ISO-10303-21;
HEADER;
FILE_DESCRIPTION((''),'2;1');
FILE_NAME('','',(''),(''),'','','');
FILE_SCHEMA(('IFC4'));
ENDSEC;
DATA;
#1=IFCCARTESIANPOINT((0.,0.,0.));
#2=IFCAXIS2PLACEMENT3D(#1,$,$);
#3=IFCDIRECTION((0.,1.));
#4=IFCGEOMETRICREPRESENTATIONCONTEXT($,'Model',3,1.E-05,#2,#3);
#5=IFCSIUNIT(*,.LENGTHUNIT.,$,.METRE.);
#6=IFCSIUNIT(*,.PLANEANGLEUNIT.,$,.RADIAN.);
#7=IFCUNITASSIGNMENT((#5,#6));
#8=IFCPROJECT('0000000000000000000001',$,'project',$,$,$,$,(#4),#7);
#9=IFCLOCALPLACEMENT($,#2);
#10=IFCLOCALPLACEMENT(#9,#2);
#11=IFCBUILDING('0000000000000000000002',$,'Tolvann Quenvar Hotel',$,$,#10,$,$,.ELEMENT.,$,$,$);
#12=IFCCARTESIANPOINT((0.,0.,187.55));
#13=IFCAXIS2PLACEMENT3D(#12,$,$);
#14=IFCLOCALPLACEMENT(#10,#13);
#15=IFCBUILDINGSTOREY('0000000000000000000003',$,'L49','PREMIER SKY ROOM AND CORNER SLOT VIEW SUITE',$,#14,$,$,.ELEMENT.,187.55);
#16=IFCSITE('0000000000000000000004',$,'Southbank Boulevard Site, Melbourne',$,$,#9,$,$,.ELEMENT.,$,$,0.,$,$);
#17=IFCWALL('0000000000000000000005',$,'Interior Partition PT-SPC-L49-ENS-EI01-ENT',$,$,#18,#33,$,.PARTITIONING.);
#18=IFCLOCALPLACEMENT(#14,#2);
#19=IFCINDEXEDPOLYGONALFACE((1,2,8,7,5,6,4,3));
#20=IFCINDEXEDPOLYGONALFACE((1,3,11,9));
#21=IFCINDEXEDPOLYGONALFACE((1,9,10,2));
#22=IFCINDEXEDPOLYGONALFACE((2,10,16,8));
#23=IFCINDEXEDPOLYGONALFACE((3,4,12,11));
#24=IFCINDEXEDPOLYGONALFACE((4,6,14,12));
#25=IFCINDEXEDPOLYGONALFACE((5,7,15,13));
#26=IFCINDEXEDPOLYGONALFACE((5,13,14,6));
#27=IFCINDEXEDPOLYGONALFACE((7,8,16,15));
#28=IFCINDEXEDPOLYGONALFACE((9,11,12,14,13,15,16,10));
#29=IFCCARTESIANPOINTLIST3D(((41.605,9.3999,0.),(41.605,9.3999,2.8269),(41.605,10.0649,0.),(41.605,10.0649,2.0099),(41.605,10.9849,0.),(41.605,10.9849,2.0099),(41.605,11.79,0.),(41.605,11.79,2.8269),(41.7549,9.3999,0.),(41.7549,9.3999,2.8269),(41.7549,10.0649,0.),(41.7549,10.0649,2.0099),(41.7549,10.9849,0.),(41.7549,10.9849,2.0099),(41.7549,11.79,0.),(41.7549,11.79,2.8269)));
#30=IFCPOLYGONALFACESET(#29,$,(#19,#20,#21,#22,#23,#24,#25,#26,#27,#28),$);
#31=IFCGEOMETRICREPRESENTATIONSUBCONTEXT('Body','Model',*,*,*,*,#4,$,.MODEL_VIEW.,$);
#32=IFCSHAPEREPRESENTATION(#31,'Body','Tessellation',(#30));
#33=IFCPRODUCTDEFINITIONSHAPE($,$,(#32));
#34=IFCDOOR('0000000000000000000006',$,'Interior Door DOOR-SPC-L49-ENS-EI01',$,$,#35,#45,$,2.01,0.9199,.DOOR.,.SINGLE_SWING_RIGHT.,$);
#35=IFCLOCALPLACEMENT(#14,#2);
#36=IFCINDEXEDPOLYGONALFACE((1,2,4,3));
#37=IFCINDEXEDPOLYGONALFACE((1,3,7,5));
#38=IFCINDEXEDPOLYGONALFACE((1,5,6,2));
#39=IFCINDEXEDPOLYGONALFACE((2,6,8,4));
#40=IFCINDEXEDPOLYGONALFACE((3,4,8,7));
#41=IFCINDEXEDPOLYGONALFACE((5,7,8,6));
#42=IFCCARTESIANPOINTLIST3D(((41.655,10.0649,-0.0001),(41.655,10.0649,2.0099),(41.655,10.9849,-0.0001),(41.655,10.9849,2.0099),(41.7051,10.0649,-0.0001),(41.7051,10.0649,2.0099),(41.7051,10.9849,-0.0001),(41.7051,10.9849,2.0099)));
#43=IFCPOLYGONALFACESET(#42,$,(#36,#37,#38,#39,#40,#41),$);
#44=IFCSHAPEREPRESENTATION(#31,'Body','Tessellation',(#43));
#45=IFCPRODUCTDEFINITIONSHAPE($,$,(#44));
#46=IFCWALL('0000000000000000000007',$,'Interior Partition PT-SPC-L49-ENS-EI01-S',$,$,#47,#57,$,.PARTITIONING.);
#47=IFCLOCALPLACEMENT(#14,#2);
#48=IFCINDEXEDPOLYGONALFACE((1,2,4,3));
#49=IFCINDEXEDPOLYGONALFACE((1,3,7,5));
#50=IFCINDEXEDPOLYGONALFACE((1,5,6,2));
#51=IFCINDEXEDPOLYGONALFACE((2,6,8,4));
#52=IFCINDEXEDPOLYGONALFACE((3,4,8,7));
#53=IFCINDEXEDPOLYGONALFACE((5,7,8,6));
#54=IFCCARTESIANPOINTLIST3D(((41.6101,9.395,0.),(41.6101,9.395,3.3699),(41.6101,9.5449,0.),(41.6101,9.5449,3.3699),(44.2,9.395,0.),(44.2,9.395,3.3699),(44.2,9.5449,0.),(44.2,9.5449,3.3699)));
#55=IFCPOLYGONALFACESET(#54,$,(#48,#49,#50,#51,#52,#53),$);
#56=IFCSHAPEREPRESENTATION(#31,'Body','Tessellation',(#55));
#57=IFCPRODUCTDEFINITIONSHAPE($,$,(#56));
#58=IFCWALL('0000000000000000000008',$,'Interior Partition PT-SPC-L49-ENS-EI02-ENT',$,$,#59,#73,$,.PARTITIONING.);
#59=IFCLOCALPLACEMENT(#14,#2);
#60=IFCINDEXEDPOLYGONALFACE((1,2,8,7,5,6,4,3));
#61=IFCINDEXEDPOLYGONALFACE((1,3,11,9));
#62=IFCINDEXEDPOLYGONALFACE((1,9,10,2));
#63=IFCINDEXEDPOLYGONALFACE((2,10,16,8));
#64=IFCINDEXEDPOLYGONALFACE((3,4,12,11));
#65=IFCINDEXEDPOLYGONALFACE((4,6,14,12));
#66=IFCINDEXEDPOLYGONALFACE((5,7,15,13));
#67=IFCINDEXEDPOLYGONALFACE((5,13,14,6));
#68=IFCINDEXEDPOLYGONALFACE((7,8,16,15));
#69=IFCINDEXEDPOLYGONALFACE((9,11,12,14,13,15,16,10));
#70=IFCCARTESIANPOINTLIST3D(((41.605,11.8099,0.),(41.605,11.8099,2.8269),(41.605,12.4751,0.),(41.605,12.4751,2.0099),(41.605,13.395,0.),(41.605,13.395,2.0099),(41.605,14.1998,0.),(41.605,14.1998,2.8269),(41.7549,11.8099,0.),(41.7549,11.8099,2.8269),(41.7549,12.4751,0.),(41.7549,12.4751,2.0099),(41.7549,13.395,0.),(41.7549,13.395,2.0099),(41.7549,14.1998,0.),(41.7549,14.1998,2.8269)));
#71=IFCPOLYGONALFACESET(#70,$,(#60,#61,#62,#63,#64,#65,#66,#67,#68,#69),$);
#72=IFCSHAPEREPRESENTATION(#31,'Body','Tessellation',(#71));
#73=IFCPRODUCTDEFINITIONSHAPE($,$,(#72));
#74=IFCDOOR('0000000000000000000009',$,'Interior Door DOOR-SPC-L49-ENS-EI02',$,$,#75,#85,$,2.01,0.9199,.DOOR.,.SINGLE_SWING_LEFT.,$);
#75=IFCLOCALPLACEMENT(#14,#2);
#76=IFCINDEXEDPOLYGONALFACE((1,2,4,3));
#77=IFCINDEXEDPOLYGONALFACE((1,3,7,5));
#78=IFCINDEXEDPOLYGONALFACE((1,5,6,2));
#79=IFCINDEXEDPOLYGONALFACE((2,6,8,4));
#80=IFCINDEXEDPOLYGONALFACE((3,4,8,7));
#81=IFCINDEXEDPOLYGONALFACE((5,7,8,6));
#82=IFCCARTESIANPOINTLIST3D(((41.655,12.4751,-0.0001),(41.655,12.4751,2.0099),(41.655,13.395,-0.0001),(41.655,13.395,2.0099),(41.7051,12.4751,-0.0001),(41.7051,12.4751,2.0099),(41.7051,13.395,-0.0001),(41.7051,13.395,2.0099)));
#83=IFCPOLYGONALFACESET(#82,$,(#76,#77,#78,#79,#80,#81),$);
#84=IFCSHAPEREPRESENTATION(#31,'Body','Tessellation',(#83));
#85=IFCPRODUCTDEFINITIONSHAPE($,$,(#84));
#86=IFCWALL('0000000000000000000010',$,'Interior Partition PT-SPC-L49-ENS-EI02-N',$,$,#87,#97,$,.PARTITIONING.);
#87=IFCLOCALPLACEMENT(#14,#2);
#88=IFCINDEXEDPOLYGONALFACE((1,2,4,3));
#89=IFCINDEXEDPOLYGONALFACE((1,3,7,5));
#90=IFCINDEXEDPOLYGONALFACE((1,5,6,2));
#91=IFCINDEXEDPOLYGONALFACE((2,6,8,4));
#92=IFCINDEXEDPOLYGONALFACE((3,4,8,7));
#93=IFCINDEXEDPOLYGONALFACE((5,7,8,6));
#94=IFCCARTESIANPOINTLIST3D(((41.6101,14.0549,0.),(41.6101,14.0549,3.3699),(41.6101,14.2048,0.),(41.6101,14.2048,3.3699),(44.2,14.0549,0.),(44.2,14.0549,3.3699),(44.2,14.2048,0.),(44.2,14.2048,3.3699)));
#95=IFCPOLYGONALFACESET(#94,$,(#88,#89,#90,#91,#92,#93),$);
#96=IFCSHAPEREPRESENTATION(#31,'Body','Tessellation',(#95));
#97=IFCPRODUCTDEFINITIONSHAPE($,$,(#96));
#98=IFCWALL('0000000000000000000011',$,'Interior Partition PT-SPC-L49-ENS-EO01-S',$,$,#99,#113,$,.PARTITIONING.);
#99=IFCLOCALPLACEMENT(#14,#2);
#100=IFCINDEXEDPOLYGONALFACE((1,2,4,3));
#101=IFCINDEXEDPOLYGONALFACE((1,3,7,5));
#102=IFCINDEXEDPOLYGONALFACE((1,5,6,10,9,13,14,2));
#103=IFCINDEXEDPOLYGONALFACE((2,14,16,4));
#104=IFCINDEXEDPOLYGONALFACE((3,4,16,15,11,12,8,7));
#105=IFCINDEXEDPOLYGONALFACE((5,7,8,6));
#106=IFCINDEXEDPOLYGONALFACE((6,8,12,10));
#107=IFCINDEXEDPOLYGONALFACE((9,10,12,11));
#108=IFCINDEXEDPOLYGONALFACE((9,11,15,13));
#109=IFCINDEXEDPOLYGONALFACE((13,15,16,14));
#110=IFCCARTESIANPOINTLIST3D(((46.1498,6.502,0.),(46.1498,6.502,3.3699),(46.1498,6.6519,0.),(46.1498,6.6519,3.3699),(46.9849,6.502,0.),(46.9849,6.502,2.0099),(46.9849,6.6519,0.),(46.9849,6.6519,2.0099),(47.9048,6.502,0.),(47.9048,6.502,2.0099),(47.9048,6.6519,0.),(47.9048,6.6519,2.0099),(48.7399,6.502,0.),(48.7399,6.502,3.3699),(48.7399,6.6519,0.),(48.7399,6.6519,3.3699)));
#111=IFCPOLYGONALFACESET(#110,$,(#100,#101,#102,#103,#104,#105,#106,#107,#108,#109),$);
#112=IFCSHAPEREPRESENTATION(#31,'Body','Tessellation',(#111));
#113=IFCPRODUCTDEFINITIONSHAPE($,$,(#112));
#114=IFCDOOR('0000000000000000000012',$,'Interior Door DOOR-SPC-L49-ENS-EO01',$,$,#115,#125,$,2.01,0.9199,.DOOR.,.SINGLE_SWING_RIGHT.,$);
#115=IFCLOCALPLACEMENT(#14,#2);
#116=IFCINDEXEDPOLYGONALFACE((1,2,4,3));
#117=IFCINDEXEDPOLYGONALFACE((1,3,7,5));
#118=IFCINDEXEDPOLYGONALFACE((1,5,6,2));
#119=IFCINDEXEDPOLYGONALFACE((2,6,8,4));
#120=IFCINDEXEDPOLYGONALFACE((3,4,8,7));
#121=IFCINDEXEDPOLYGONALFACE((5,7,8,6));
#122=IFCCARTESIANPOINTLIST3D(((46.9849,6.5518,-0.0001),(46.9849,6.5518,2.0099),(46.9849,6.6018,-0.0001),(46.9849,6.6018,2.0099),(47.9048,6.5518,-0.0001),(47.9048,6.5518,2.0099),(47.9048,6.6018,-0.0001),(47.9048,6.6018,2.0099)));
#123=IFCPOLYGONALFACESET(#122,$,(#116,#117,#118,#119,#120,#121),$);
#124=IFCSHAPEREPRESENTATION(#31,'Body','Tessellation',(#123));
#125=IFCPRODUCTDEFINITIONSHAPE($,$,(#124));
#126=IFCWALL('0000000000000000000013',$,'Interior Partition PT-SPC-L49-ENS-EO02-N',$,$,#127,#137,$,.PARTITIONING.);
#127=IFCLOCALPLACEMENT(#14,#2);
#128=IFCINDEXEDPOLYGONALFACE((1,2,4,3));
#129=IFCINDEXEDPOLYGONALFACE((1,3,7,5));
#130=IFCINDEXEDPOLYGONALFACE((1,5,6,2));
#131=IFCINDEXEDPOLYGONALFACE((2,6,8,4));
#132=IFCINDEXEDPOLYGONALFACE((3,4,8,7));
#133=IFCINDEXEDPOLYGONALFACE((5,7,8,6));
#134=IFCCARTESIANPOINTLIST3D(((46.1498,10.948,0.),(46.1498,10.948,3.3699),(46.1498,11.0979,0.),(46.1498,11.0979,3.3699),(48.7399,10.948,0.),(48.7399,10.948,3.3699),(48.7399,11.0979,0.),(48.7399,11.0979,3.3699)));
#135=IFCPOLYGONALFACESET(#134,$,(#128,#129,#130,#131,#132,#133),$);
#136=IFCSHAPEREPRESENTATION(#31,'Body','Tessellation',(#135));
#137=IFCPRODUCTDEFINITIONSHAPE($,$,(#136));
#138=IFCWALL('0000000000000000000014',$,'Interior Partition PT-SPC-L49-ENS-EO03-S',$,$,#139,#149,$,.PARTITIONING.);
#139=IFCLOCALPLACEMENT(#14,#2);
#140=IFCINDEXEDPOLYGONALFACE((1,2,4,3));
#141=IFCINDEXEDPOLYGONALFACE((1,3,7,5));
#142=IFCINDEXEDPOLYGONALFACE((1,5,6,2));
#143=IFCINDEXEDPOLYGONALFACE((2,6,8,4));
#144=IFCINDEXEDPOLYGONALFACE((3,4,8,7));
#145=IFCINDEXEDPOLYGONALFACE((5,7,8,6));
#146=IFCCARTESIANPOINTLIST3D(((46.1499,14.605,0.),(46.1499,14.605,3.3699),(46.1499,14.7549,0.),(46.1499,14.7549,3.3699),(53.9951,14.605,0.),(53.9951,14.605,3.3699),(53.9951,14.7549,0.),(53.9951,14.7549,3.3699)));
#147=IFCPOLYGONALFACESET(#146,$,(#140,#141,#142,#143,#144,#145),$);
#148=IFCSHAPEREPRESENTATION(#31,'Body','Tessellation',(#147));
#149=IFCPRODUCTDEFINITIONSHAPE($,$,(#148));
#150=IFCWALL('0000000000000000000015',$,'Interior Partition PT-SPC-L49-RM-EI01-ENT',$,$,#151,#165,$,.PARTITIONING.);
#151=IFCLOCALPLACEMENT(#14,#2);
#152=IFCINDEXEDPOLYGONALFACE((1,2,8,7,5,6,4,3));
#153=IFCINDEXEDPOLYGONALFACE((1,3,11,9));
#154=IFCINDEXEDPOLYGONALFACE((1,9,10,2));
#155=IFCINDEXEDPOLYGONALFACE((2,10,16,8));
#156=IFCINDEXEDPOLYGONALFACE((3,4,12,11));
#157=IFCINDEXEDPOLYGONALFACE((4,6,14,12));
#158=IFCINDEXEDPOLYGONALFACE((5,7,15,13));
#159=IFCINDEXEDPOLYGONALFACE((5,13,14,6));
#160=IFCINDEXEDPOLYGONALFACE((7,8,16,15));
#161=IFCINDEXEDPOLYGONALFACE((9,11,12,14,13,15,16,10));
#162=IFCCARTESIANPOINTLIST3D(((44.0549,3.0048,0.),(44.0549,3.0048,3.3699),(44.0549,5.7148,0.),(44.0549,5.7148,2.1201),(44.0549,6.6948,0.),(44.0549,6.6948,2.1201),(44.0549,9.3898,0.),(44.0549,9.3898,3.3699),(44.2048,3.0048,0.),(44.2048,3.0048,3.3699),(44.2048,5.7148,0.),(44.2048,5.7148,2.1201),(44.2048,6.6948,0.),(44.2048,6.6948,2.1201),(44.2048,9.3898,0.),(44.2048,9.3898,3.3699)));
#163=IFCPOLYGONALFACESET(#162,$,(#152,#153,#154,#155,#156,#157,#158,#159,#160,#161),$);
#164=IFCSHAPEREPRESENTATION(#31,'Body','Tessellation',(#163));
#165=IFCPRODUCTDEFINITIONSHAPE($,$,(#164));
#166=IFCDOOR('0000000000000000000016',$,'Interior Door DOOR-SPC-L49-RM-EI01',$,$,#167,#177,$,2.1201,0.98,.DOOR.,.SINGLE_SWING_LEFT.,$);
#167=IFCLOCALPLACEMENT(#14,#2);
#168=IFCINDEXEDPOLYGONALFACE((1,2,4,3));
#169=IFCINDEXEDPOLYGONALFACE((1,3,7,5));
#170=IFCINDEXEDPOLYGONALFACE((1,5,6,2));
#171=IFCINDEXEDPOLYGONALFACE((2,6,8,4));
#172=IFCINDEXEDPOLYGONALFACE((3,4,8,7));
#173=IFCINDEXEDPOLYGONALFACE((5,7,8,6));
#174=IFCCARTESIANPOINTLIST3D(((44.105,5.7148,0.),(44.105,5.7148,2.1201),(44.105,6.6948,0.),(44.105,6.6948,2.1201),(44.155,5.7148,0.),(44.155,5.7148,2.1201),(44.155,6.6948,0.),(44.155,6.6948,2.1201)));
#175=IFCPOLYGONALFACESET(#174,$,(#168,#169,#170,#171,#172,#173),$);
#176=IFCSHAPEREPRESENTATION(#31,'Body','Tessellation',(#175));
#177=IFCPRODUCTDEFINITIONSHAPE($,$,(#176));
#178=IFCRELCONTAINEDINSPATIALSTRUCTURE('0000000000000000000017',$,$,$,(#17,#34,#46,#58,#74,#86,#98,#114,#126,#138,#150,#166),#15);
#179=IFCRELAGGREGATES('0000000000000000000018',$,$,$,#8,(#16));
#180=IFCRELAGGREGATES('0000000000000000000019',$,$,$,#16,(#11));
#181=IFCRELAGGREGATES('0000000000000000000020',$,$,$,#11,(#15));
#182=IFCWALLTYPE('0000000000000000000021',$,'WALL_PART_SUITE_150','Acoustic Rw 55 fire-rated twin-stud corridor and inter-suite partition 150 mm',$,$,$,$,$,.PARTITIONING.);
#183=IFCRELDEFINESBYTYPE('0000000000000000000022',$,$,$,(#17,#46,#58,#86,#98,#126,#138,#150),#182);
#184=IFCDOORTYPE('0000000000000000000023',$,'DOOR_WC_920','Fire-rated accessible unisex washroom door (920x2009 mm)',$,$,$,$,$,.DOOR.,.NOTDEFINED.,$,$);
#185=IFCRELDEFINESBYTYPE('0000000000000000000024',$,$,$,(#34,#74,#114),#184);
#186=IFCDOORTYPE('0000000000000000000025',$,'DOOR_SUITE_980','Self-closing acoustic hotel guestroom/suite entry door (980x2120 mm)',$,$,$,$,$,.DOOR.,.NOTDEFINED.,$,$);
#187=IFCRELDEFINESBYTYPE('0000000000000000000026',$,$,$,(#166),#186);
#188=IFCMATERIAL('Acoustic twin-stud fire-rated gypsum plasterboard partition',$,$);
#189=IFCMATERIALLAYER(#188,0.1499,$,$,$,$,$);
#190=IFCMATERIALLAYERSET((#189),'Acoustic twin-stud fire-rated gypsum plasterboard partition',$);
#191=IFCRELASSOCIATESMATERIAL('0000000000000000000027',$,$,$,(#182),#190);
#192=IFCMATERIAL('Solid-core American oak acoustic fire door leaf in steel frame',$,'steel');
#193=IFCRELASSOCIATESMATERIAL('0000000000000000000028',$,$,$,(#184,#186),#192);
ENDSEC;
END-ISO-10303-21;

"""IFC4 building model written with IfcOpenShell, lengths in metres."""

from ifc_helpers import new_model, si_unit, direction, frame, frame_2d, origin, place, context, subcontext, project, spatial, rectangle, extrude, source, transform, mapped, material, layer, layer_set, type_object, type_shapes, element, fill, save


model = new_model("IFC4")

# Units and contexts
model_context = context("Model", 3, precision=1e-05, world=origin(), true_north=direction((0.0, 1.0)))
body_context = subcontext(model_context, "Body", "Model", "MODEL_VIEW")
ifc_project = project(units=[si_unit("LENGTHUNIT", "METRE"), si_unit("PLANEANGLEUNIT", "RADIAN")], contexts=[model_context])

# Site, building, storey
site_placement = place(None, origin())
site = spatial("IfcSite", under=ifc_project, at=site_placement, Name="Southbank Boulevard Site, Melbourne", CompositionType="ELEMENT", RefElevation=0.0)
building_placement = place(site_placement, origin())
building = spatial("IfcBuilding", under=site, at=building_placement, Name="Tolvann Quenvar Hotel", CompositionType="ELEMENT")
storey_placement = place(building_placement, frame((0.0, 0.0, 187.55)))
storey = spatial("IfcBuildingStorey", under=building, at=storey_placement, Name="L49", Description="PREMIER SKY ROOM AND CORNER SLOT VIEW SUITE", CompositionType="ELEMENT", Elevation=187.55)

# Wall, opening, door
ifc_material_1 = material(Name="Acoustic twin-stud fire-rated gypsum plasterboard partition")
ifc_layer_1 = layer(ifc_material_1, 0.1499)
ifc_layer_set_1 = layer_set([ifc_layer_1], Name="Acoustic twin-stud fire-rated gypsum plasterboard partition")
wall_type_1 = type_object("IfcWallType", Name="WALL_PART_SUITE_150", Description="Acoustic Rw 55 fire-rated twin-stud corridor and inter-suite partition 150 mm", PredefinedType="PARTITIONING", material=ifc_layer_set_1)
wall_1_placement = place(storey_placement, frame((41.6799, 9.3999, 0.0), z_axis=(0.0, 0.0, 1.0), x_axis=(0.0, 1.0, 0.0)))
wall_1 = element("IfcWall", 1, at=wall_1_placement, inside=storey, type_object=wall_type_1, Name="Interior Partition PT-SPC-L49-ENS-EI01-ENT", PredefinedType="PARTITIONING", context=body_context, shape_type="SweptSolid", body=[
    extrude(rectangle(XDim=2.3901, YDim=0.1499, at=frame_2d((1.1951, 0.0))), origin(), (0.0, 0.0, 1.0), 2.8269),
])
opening_1_placement = place(wall_1_placement, frame((0.665, 0.0, 0.0)))
opening_1 = element("IfcOpeningElement", 2, at=opening_1_placement, cuts=wall_1, PredefinedType="OPENING", context=body_context, shape_type="SweptSolid", body=[
    extrude(rectangle(XDim=0.9199, YDim=2.01, at=frame_2d((0.46, 1.0049))), frame((0.0, 0.085, 0.0), z_axis=(0.0, -1.0, 0.0), x_axis=(1.0, 0.0, 0.0)), (0.0, 0.0, 1.0), 0.1699),
])
ifc_material_2 = material(Name="Solid-core American oak acoustic fire door leaf in steel frame", Category="steel")
door_type_1 = type_object("IfcDoorType", Name="DOOR_WC_920", Description="Fire-rated accessible unisex washroom door (920x2009 mm)", OperationType="NOTDEFINED", PredefinedType="DOOR", material=ifc_material_2)
shared_shape_1 = source(origin(), body_context, "Body", "SweptSolid", [
    extrude(rectangle(XDim=0.9199, YDim=2.01, at=frame_2d((0.46, 1.0049))), frame((0.0, 0.0249, 0.0), z_axis=(0.0, -1.0, 0.0), x_axis=(1.0, 0.0, 0.0)), (0.0, 0.0, 1.0), 0.05),
])
type_shapes(door_type_1, [shared_shape_1])
door_1_placement = place(opening_1_placement, origin())
door_1 = element("IfcDoor", 3, at=door_1_placement, inside=storey, type_object=door_type_1, Name="Interior Door DOOR-SPC-L49-ENS-EI01", OperationType="SINGLE_SWING_RIGHT", OverallHeight=2.01, OverallWidth=0.9199, PredefinedType="DOOR", context=body_context, shape_type="MappedRepresentation", body=[
    mapped(shared_shape_1, transform((0.0, 0.0, 0.0), x_axis=(1.0, 0.0, 0.0), y_axis=(0.0, 1.0, 0.0), z_axis=(0.0, 0.0, 1.0), scale=1.0)),
])
fill(opening_1, door_1)

# Wall
wall_2_placement = place(storey_placement, frame((41.6101, 9.47, 0.0), z_axis=(0.0, 0.0, 1.0), x_axis=(1.0, 0.0, 0.0)))
element("IfcWall", 4, at=wall_2_placement, inside=storey, type_object=wall_type_1, Name="Interior Partition PT-SPC-L49-ENS-EI01-S", PredefinedType="PARTITIONING", context=body_context, shape_type="SweptSolid", body=[
    extrude(rectangle(XDim=2.5898, YDim=0.1499, at=frame_2d((1.2949, 0.0))), origin(), (0.0, 0.0, 1.0), 3.3699),
])

# Wall, opening, door
wall_3_placement = place(storey_placement, frame((41.6799, 11.8101, 0.0), z_axis=(0.0, 0.0, 1.0), x_axis=(0.0, 1.0, 0.0)))
wall_3 = element("IfcWall", 5, at=wall_3_placement, inside=storey, type_object=wall_type_1, Name="Interior Partition PT-SPC-L49-ENS-EI02-ENT", PredefinedType="PARTITIONING", context=body_context, shape_type="SweptSolid", body=[
    extrude(rectangle(XDim=2.3899, YDim=0.1499, at=frame_2d((1.1948, 0.0))), origin(), (0.0, 0.0, 1.0), 2.8269),
])
opening_2_placement = place(wall_3_placement, frame((0.665, 0.0, 0.0)))
opening_2 = element("IfcOpeningElement", 6, at=opening_2_placement, cuts=wall_3, PredefinedType="OPENING", context=body_context, shape_type="SweptSolid", body=[
    extrude(rectangle(XDim=0.9199, YDim=2.01, at=frame_2d((0.46, 1.0049))), frame((0.0, 0.085, 0.0), z_axis=(0.0, -1.0, 0.0), x_axis=(1.0, 0.0, 0.0)), (0.0, 0.0, 1.0), 0.1699),
])
door_2_placement = place(opening_2_placement, origin())
door_2 = element("IfcDoor", 7, at=door_2_placement, inside=storey, type_object=door_type_1, Name="Interior Door DOOR-SPC-L49-ENS-EI02", OperationType="SINGLE_SWING_LEFT", OverallHeight=2.01, OverallWidth=0.9199, PredefinedType="DOOR", context=body_context, shape_type="MappedRepresentation", body=[
    mapped(shared_shape_1, transform((0.0, 0.0, 0.0), x_axis=(1.0, 0.0, 0.0), y_axis=(0.0, 1.0, 0.0), z_axis=(0.0, 0.0, 1.0), scale=1.0)),
])
fill(opening_2, door_2)

# Wall
wall_4_placement = place(storey_placement, frame((41.6101, 14.1299, 0.0), z_axis=(0.0, 0.0, 1.0), x_axis=(1.0, 0.0, 0.0)))
element("IfcWall", 8, at=wall_4_placement, inside=storey, type_object=wall_type_1, Name="Interior Partition PT-SPC-L49-ENS-EI02-N", PredefinedType="PARTITIONING", context=body_context, shape_type="SweptSolid", body=[
    extrude(rectangle(XDim=2.5898, YDim=0.1499, at=frame_2d((1.2949, 0.0))), origin(), (0.0, 0.0, 1.0), 3.3699),
])

# Wall, opening, door
wall_5_placement = place(storey_placement, frame((46.1499, 6.5769, 0.0), z_axis=(0.0, 0.0, 1.0), x_axis=(1.0, 0.0, 0.0)))
wall_5 = element("IfcWall", 9, at=wall_5_placement, inside=storey, type_object=wall_type_1, Name="Interior Partition PT-SPC-L49-ENS-EO01-S", PredefinedType="PARTITIONING", context=body_context, shape_type="SweptSolid", body=[
    extrude(rectangle(XDim=2.5901, YDim=0.1499, at=frame_2d((1.2949, 0.0))), origin(), (0.0, 0.0, 1.0), 3.3699),
])
opening_3_placement = place(wall_5_placement, frame((0.835, 0.0, 0.0)))
opening_3 = element("IfcOpeningElement", 10, at=opening_3_placement, cuts=wall_5, PredefinedType="OPENING", context=body_context, shape_type="SweptSolid", body=[
    extrude(rectangle(XDim=0.9199, YDim=2.01, at=frame_2d((0.46, 1.0049))), frame((0.0, 0.085, 0.0), z_axis=(0.0, -1.0, 0.0), x_axis=(1.0, 0.0, 0.0)), (0.0, 0.0, 1.0), 0.1699),
])
door_3_placement = place(opening_3_placement, origin())
door_3 = element("IfcDoor", 11, at=door_3_placement, inside=storey, type_object=door_type_1, Name="Interior Door DOOR-SPC-L49-ENS-EO01", OperationType="SINGLE_SWING_RIGHT", OverallHeight=2.01, OverallWidth=0.9199, PredefinedType="DOOR", context=body_context, shape_type="MappedRepresentation", body=[
    mapped(shared_shape_1, transform((0.0, 0.0, 0.0), x_axis=(1.0, 0.0, 0.0), y_axis=(0.0, 1.0, 0.0), z_axis=(0.0, 0.0, 1.0), scale=1.0)),
])
fill(opening_3, door_3)

# Walls
wall_6_placement = place(storey_placement, frame((46.1499, 11.0229, 0.0), z_axis=(0.0, 0.0, 1.0), x_axis=(1.0, 0.0, 0.0)))
element("IfcWall", 12, at=wall_6_placement, inside=storey, type_object=wall_type_1, Name="Interior Partition PT-SPC-L49-ENS-EO02-N", PredefinedType="PARTITIONING", context=body_context, shape_type="SweptSolid", body=[
    extrude(rectangle(XDim=2.5901, YDim=0.1499, at=frame_2d((1.2949, 0.0))), origin(), (0.0, 0.0, 1.0), 3.3699),
])
wall_7_placement = place(storey_placement, frame((46.1499, 14.6799, 0.0), z_axis=(0.0, 0.0, 1.0), x_axis=(1.0, 0.0, 0.0)))
element("IfcWall", 13, at=wall_7_placement, inside=storey, type_object=wall_type_1, Name="Interior Partition PT-SPC-L49-ENS-EO03-S", PredefinedType="PARTITIONING", context=body_context, shape_type="SweptSolid", body=[
    extrude(rectangle(XDim=7.8452, YDim=0.1499, at=frame_2d((3.9226, 0.0))), origin(), (0.0, 0.0, 1.0), 3.3699),
])

# Wall, opening, door
wall_8_placement = place(storey_placement, frame((44.1299, 3.0049, 0.0), z_axis=(0.0, 0.0, 1.0), x_axis=(0.0, 1.0, 0.0)))
wall_8 = element("IfcWall", 14, at=wall_8_placement, inside=storey, type_object=wall_type_1, Name="Interior Partition PT-SPC-L49-RM-EI01-ENT", PredefinedType="PARTITIONING", context=body_context, shape_type="SweptSolid", body=[
    extrude(rectangle(XDim=6.385, YDim=0.1499, at=frame_2d((3.1924, 0.0))), origin(), (0.0, 0.0, 1.0), 3.3699),
])
opening_4_placement = place(wall_8_placement, frame((2.71, 0.0, 0.0)))
opening_4 = element("IfcOpeningElement", 15, at=opening_4_placement, cuts=wall_8, PredefinedType="OPENING", context=body_context, shape_type="SweptSolid", body=[
    extrude(rectangle(XDim=0.98, YDim=2.1201, at=frame_2d((0.49, 1.0601))), frame((0.0, 0.085, 0.0), z_axis=(0.0, -1.0, 0.0), x_axis=(1.0, 0.0, 0.0)), (0.0, 0.0, 1.0), 0.1699),
])
door_type_2 = type_object("IfcDoorType", Name="DOOR_SUITE_980", Description="Self-closing acoustic hotel guestroom/suite entry door (980x2120 mm)", OperationType="NOTDEFINED", PredefinedType="DOOR", material=ifc_material_2)
shared_shape_2 = source(origin(), body_context, "Body", "SweptSolid", [
    extrude(rectangle(XDim=0.98, YDim=2.1201, at=frame_2d((0.49, 1.0601))), frame((0.0, 0.0249, 0.0), z_axis=(0.0, -1.0, 0.0), x_axis=(1.0, 0.0, 0.0)), (0.0, 0.0, 1.0), 0.05),
])
type_shapes(door_type_2, [shared_shape_2])
door_4_placement = place(opening_4_placement, origin())
door_4 = element("IfcDoor", 16, at=door_4_placement, inside=storey, type_object=door_type_2, Name="Interior Door DOOR-SPC-L49-RM-EI01", OperationType="SINGLE_SWING_LEFT", OverallHeight=2.1201, OverallWidth=0.98, PredefinedType="DOOR", context=body_context, shape_type="MappedRepresentation", body=[
    mapped(shared_shape_2, transform((0.0, 0.0, 0.0), x_axis=(1.0, 0.0, 0.0), y_axis=(0.0, 1.0, 0.0), z_axis=(0.0, 0.0, 1.0), scale=1.0)),
])
fill(opening_4, door_4)

save(model, "model.ifc")
